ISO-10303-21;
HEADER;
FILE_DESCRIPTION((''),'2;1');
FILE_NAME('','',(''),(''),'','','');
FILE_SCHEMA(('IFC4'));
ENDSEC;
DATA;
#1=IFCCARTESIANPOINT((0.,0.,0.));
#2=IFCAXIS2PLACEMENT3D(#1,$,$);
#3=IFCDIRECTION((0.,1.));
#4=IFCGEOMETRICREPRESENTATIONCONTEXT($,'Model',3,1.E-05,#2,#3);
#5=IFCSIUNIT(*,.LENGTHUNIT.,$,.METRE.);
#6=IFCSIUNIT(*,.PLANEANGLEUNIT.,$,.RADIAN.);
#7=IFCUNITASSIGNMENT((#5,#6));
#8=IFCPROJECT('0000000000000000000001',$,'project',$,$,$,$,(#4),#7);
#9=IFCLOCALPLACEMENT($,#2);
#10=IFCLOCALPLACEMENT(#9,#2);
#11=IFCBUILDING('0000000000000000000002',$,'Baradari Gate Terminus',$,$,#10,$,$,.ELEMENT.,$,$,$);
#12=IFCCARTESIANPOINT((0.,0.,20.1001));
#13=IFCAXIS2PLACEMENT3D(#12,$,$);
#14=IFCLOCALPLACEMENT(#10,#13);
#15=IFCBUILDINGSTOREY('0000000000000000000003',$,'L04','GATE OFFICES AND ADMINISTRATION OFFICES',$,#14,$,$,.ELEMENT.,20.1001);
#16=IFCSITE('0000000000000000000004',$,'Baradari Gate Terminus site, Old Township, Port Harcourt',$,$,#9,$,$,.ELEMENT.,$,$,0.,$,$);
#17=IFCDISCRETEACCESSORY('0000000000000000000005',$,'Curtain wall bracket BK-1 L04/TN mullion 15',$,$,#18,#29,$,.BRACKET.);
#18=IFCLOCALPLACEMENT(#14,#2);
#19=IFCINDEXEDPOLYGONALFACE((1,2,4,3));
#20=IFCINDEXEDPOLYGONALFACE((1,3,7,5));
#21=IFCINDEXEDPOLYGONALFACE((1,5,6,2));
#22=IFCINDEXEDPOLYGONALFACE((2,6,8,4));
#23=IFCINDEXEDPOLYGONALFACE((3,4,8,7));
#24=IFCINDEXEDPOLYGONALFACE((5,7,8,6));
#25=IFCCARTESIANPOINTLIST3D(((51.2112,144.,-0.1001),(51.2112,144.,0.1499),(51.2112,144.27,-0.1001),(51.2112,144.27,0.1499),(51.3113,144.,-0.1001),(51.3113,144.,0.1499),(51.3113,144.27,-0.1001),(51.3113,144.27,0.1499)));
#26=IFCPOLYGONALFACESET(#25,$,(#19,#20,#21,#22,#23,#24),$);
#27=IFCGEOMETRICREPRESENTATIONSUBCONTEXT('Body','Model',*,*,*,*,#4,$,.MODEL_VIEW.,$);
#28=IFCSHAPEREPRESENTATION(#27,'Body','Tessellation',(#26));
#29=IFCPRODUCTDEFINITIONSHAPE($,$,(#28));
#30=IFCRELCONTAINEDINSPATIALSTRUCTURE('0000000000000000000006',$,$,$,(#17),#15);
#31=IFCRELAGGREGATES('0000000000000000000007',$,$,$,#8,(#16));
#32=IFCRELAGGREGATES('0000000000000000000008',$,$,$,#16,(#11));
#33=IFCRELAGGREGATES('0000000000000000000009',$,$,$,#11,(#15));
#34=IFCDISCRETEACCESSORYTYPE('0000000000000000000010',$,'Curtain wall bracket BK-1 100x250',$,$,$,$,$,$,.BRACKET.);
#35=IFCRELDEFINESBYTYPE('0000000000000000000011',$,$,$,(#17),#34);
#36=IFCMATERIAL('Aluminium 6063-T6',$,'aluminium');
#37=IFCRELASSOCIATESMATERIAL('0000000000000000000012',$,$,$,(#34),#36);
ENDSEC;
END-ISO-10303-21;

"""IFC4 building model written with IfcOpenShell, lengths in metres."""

from ifc_helpers import new_model, si_unit, direction, frame, origin, origin_2d, place, context, subcontext, project, spatial, rectangle, extrude, material, type_object, element, save


model = new_model("IFC4")

# Units and contexts
model_context = context("Model", 3, precision=1e-05, world=origin(), true_north=direction((0.0, 1.0)))
body_context = subcontext(model_context, "Body", "Model", "MODEL_VIEW")
ifc_project = project(units=[si_unit("LENGTHUNIT", "METRE"), si_unit("PLANEANGLEUNIT", "RADIAN")], contexts=[model_context])

# Site, building, storey
site_placement = place(None, origin())
site = spatial("IfcSite", under=ifc_project, at=site_placement, Name="Baradari Gate Terminus site, Old Township, Port Harcourt", CompositionType="ELEMENT", RefElevation=0.0)
building_placement = place(site_placement, origin())
building = spatial("IfcBuilding", under=site, at=building_placement, Name="Baradari Gate Terminus", CompositionType="ELEMENT")
storey_placement = place(building_placement, frame((0.0, 0.0, 20.1001)))
storey = spatial("IfcBuildingStorey", under=building, at=storey_placement, Name="L04", Description="GATE OFFICES AND ADMINISTRATION OFFICES", CompositionType="ELEMENT", Elevation=20.1001)

# Discrete accessory
ifc_material_1 = material(Name="Aluminium 6063-T6", Category="aluminium")
discrete_accessory_type = type_object("IfcDiscreteAccessoryType", Name="Curtain wall bracket BK-1 100x250", PredefinedType="BRACKET", material=ifc_material_1)
for number, where, z_axis, x_axis, name in (
    (1, (51.2612, 144.135, -0.1001), (0.0, 0.0, 1.0), (0.0, 1.0, 0.0), "Curtain wall bracket BK-1 L04/TN mullion 15"),
):
    element("IfcDiscreteAccessory", number, at=place(storey_placement, frame(where, z_axis=z_axis, x_axis=x_axis)), inside=storey, type_object=discrete_accessory_type, Name=name, PredefinedType="BRACKET", context=body_context, shape_type="SweptSolid", body=[
        extrude(rectangle(XDim=0.27, YDim=0.1001, at=origin_2d()), origin(), (0.0, 0.0, 1.0), 0.25),
    ])

save(model, "model.ifc")
